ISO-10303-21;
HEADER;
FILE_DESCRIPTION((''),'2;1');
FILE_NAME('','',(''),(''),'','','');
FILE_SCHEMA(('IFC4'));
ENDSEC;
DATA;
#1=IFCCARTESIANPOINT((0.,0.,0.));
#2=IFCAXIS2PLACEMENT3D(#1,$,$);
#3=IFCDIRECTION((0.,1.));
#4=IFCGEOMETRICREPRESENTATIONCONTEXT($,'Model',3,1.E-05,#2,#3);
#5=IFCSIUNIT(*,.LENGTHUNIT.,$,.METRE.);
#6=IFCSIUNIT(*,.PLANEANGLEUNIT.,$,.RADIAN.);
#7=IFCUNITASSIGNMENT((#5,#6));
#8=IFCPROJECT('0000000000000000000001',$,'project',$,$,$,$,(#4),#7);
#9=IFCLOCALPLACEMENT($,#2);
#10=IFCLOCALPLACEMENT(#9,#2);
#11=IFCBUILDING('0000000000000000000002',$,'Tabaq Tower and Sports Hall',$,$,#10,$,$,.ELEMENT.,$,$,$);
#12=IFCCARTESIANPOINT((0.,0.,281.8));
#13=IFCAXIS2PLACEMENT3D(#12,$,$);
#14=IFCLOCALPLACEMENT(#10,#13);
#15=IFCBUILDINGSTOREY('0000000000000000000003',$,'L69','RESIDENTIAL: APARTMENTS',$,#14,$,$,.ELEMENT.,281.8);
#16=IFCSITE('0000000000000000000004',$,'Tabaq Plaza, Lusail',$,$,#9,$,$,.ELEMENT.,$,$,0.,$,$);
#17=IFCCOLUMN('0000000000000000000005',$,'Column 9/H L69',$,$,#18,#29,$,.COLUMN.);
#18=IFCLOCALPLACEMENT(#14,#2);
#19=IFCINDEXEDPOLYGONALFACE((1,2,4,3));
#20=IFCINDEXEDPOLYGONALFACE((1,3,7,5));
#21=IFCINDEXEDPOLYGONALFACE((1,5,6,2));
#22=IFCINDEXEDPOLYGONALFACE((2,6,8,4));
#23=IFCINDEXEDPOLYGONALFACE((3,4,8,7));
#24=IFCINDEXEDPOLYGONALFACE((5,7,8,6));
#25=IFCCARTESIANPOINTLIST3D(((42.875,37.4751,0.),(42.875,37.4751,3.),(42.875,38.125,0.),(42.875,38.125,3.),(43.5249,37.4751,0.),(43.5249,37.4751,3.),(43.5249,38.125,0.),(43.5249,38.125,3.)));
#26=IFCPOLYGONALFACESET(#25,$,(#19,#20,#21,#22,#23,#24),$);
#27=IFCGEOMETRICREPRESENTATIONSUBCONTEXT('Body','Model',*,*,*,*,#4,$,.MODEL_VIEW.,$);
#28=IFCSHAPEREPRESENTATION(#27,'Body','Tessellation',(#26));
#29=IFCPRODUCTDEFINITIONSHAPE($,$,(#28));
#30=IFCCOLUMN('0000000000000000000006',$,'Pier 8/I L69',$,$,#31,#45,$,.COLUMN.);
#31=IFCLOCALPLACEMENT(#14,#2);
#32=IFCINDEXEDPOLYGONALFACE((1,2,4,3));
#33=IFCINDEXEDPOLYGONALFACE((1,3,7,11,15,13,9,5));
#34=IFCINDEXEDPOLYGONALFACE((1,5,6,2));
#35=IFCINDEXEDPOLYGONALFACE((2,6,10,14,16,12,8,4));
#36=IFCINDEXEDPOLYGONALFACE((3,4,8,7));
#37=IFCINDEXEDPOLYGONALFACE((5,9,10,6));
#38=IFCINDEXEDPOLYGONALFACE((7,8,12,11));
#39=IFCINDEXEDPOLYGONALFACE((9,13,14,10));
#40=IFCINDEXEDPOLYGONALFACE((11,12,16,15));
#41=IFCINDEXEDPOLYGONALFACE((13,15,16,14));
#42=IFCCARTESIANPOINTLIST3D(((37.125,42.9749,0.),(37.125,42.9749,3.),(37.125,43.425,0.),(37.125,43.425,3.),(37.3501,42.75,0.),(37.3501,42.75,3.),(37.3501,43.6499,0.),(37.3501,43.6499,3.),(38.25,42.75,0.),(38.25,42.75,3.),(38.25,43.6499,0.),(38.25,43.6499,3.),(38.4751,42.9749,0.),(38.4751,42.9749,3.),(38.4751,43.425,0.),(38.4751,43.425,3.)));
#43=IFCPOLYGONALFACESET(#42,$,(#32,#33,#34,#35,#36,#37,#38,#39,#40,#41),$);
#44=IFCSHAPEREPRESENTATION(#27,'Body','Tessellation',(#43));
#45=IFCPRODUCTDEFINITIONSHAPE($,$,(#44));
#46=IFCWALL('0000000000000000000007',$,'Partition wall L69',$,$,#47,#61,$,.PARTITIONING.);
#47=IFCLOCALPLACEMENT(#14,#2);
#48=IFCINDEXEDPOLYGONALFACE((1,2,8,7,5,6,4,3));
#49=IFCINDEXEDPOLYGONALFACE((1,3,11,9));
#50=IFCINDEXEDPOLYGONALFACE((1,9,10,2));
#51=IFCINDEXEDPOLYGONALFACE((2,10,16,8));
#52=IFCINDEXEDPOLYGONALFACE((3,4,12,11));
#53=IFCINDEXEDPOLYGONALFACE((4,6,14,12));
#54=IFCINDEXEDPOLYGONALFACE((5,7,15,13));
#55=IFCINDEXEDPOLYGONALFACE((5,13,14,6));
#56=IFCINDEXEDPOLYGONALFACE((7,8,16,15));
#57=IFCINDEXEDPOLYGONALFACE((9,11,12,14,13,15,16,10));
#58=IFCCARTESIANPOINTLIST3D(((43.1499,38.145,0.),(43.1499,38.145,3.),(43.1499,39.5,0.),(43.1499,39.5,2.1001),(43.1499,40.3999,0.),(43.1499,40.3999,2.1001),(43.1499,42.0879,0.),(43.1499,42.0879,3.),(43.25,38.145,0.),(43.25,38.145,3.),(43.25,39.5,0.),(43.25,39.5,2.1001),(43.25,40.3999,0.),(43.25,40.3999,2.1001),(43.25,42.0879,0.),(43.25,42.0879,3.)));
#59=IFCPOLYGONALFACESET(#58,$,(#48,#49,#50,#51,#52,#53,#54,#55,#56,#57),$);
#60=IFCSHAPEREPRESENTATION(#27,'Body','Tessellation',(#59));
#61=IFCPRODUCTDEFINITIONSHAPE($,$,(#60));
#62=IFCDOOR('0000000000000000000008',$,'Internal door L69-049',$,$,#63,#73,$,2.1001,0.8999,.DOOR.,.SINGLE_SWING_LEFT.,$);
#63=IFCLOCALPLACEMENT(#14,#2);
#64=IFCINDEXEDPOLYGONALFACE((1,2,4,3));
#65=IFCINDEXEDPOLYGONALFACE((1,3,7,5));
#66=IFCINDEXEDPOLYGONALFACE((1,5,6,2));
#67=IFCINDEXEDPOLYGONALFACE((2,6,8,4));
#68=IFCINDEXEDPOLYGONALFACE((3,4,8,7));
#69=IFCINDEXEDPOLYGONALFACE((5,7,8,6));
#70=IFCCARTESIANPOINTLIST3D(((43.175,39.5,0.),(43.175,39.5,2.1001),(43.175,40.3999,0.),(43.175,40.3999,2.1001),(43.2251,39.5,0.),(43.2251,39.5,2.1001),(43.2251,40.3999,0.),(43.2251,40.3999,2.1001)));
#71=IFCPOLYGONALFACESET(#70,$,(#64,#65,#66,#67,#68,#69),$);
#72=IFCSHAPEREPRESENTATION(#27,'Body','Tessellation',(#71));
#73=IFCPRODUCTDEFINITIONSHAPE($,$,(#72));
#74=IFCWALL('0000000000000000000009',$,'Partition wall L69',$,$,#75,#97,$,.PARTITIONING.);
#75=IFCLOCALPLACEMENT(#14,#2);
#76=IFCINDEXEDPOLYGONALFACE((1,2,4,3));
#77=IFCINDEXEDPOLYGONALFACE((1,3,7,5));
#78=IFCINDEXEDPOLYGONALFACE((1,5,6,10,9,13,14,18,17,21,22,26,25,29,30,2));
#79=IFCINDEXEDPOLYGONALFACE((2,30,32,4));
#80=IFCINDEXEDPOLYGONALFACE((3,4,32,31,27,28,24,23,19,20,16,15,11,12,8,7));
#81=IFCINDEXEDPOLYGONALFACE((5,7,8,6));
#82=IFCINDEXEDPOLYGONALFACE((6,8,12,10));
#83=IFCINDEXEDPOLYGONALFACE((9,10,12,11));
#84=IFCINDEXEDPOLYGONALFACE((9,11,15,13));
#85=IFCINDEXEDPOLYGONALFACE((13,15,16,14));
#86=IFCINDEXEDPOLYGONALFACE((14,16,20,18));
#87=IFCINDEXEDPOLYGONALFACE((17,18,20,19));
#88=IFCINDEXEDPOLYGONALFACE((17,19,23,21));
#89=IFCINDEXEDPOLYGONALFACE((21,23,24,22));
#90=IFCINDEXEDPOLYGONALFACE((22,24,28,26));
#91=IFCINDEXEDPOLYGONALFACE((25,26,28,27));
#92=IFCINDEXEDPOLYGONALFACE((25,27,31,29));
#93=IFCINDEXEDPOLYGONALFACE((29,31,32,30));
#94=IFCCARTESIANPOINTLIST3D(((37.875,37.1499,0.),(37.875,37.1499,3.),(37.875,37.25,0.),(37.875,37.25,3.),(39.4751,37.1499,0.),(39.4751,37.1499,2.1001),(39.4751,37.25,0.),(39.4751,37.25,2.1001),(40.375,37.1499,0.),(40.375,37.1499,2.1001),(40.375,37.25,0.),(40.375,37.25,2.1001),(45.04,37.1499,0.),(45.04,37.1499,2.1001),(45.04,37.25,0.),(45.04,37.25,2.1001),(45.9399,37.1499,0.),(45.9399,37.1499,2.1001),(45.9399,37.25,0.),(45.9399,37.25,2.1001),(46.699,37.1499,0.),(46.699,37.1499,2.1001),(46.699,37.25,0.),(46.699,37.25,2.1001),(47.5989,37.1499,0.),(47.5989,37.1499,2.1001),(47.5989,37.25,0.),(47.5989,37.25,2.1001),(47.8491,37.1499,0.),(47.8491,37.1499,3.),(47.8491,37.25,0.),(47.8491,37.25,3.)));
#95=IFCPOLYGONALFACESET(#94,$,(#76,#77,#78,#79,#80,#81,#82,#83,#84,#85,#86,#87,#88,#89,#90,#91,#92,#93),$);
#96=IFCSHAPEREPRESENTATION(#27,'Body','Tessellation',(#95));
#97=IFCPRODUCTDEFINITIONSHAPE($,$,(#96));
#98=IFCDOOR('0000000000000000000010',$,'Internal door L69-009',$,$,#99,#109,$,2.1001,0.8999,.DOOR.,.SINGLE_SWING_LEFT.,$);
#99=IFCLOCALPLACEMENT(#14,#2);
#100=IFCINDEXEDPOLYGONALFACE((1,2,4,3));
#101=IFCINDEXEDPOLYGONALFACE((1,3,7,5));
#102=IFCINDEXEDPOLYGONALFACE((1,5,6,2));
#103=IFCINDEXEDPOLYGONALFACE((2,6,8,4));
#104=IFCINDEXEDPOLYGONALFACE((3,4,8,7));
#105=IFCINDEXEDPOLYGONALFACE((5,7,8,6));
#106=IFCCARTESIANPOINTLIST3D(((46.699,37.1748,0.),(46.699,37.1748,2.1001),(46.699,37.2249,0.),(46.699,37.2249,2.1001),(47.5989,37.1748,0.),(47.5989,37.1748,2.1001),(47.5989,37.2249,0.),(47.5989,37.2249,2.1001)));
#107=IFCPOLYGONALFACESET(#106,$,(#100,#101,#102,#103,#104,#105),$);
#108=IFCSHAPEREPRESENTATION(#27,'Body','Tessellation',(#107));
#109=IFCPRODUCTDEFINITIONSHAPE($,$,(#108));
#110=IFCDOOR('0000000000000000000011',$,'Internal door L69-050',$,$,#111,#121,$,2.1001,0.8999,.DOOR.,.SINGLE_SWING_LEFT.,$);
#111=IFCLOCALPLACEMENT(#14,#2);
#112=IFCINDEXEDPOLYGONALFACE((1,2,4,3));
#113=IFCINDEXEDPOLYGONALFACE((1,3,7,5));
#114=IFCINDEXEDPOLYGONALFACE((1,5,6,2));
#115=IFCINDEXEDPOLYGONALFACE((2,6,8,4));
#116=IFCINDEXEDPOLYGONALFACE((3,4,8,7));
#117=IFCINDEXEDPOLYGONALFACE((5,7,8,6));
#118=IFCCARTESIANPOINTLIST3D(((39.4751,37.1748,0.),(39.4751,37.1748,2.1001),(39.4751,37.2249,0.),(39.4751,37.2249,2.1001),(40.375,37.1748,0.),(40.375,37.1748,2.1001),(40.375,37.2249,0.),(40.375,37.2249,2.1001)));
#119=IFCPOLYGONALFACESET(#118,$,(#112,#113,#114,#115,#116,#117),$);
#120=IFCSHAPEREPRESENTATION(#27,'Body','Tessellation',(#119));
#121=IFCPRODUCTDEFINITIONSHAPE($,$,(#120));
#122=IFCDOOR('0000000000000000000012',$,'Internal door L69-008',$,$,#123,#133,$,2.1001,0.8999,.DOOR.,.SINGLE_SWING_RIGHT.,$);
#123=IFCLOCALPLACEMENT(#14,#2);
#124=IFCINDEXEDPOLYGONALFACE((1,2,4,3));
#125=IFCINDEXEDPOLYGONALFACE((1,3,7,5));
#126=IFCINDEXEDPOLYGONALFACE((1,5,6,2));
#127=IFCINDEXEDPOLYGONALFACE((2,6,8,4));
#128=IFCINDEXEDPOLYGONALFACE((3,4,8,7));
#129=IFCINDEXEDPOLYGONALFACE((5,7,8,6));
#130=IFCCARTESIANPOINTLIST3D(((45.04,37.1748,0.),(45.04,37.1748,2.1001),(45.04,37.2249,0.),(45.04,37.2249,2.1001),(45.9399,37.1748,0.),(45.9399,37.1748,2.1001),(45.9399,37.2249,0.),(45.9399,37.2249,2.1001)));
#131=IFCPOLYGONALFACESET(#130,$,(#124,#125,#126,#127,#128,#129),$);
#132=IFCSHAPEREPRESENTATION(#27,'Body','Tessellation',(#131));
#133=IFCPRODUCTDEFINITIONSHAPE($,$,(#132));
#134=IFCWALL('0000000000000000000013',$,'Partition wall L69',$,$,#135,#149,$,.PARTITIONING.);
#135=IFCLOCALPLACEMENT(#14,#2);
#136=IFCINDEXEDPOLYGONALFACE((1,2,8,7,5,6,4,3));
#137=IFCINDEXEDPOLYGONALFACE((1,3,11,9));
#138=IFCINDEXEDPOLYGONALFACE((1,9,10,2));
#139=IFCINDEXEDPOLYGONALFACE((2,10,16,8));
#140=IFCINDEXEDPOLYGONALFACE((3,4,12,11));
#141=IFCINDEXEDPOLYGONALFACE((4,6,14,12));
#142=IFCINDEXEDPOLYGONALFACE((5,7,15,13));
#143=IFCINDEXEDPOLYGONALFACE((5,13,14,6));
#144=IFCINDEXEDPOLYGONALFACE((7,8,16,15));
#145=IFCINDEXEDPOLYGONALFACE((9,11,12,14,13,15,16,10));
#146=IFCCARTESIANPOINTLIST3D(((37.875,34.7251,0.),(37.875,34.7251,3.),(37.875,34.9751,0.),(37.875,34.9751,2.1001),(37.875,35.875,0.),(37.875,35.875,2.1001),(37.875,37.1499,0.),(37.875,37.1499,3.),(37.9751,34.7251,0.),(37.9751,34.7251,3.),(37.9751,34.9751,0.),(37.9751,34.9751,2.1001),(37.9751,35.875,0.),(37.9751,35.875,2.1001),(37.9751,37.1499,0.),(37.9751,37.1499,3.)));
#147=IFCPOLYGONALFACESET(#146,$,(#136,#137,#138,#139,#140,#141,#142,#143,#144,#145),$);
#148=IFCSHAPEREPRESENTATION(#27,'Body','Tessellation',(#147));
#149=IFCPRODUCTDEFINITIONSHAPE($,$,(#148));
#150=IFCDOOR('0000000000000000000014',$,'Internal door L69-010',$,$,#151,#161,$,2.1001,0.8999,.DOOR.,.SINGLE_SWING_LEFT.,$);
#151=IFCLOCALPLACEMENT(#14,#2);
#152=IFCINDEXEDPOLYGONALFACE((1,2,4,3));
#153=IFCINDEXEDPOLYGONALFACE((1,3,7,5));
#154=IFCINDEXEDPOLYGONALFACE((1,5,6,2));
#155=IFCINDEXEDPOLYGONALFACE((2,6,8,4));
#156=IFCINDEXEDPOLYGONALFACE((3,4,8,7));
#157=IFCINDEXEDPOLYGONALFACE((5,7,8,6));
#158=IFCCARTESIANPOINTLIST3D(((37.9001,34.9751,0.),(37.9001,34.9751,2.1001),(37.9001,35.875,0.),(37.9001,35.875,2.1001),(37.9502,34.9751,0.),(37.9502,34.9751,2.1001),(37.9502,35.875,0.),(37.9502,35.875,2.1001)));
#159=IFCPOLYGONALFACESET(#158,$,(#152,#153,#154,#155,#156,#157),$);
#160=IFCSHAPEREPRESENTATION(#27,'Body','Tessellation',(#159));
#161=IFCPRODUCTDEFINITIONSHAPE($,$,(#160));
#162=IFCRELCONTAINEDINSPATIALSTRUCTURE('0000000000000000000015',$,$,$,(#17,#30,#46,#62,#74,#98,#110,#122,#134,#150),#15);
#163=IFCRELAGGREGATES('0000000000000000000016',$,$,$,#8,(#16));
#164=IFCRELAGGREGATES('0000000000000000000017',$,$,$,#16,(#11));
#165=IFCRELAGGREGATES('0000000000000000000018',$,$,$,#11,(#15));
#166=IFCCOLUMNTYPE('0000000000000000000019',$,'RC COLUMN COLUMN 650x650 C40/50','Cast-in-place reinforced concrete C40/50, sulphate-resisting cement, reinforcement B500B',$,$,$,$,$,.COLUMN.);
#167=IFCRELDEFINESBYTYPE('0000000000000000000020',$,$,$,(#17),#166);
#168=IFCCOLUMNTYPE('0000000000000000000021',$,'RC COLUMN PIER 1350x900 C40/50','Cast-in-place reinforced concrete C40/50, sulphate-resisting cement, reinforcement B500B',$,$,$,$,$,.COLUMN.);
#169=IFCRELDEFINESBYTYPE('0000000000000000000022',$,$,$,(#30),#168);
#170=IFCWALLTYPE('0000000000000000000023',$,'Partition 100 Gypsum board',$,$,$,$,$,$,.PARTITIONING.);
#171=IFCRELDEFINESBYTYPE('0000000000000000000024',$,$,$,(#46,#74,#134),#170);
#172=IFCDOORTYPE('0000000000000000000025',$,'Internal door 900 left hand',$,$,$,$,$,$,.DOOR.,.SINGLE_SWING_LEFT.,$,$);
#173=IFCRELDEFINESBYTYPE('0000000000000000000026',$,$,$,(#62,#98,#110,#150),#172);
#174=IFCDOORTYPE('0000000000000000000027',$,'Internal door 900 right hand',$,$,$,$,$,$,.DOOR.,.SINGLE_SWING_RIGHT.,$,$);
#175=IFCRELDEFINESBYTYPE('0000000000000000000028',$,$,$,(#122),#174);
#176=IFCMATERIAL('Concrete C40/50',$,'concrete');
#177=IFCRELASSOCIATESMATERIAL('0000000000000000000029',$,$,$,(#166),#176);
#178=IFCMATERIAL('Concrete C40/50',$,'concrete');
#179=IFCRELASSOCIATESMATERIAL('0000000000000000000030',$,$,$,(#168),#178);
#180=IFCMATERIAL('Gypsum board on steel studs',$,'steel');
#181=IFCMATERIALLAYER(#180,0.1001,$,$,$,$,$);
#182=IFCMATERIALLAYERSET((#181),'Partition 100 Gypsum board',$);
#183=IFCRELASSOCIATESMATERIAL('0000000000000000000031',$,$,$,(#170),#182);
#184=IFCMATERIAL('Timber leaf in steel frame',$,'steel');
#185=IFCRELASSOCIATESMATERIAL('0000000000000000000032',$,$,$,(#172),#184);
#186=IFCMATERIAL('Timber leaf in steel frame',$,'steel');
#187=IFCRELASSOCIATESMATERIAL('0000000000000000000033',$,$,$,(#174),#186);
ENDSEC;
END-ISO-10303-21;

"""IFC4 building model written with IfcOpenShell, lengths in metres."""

from ifc_helpers import new_model, si_unit, direction, frame, frame_2d, origin, origin_2d, place, context, subcontext, project, spatial, polyline, rectangle, outline, extrude, material, layer, layer_set, material_profile, profile_set, type_object, element, fill, save


model = new_model("IFC4")

# Units and contexts
model_context = context("Model", 3, precision=1e-05, world=origin(), true_north=direction((0.0, 1.0)))
body_context = subcontext(model_context, "Body", "Model", "MODEL_VIEW")
ifc_project = project(units=[si_unit("LENGTHUNIT", "METRE"), si_unit("PLANEANGLEUNIT", "RADIAN")], contexts=[model_context])

# Site, building, storey
site_placement = place(None, origin())
site = spatial("IfcSite", under=ifc_project, at=site_placement, Name="Tabaq Plaza, Lusail", CompositionType="ELEMENT", RefElevation=0.0)
building_placement = place(site_placement, origin())
building = spatial("IfcBuilding", under=site, at=building_placement, Name="Tabaq Tower and Sports Hall", CompositionType="ELEMENT")
storey_placement = place(building_placement, frame((0.0, 0.0, 281.8)))
storey = spatial("IfcBuildingStorey", under=building, at=storey_placement, Name="L69", Description="RESIDENTIAL: APARTMENTS", CompositionType="ELEMENT", Elevation=281.8)

# Columns
ifc_material_1 = material(Name="Concrete C40/50", Category="concrete")
ifc_material_profile_1 = material_profile(ifc_material_1, rectangle(XDim=0.6499, YDim=0.6499, at=origin_2d()), Name="COLUMN 650x650")
ifc_profile_set_1 = profile_set([ifc_material_profile_1], Name="Concrete C40/50")
column_type_1 = type_object("IfcColumnType", Name="RC COLUMN COLUMN 650x650 C40/50", Description="Cast-in-place reinforced concrete C40/50, sulphate-resisting cement, reinforcement B500B", PredefinedType="COLUMN", material=ifc_profile_set_1)
column_1_placement = place(storey_placement, frame((43.2, 37.8, 0.0), z_axis=(0.0, 0.0, 1.0), x_axis=(1.0, 0.0, 0.0)))
element("IfcColumn", 1, at=column_1_placement, inside=storey, type_object=column_type_1, Name="Column 9/H L69", PredefinedType="COLUMN", context=body_context, shape_type="SweptSolid", body=[
    extrude(rectangle(XDim=0.6499, YDim=0.6499, at=origin_2d()), origin(), (0.0, 0.0, 1.0), 3.0),
])
ifc_material_2 = material(Name="Concrete C40/50", Category="concrete")
ifc_material_profile_2 = material_profile(ifc_material_2, outline(polyline([(-0.45, -0.45), (0.45, -0.45), (0.675, -0.2251), (0.675, 0.2251), (0.45, 0.45), (-0.45, 0.45), (-0.675, 0.2251), (-0.675, -0.2251), (-0.45, -0.45)])), Name="PIER 1350x900")
ifc_profile_set_2 = profile_set([ifc_material_profile_2], Name="Concrete C40/50")
column_type_2 = type_object("IfcColumnType", Name="RC COLUMN PIER 1350x900 C40/50", Description="Cast-in-place reinforced concrete C40/50, sulphate-resisting cement, reinforcement B500B", PredefinedType="COLUMN", material=ifc_profile_set_2)
column_2_placement = place(storey_placement, frame((37.8, 43.2, 0.0), z_axis=(0.0, 0.0, 1.0), x_axis=(1.0, 0.0, 0.0)))
element("IfcColumn", 2, at=column_2_placement, inside=storey, type_object=column_type_2, Name="Pier 8/I L69", PredefinedType="COLUMN", context=body_context, shape_type="SweptSolid", body=[
    extrude(outline(polyline([(-0.45, -0.45), (0.45, -0.45), (0.675, -0.2251), (0.675, 0.2251), (0.45, 0.45), (-0.45, 0.45), (-0.675, 0.2251), (-0.675, -0.2251), (-0.45, -0.45)])), origin(), (0.0, 0.0, 1.0), 3.0),
])

# Wall, opening, door
ifc_material_3 = material(Name="Gypsum board on steel studs", Category="steel")
ifc_layer_1 = layer(ifc_material_3, 0.1001)
ifc_layer_set_1 = layer_set([ifc_layer_1], Name="Partition 100 Gypsum board")
wall_type_1 = type_object("IfcWallType", Name="Partition 100 Gypsum board", PredefinedType="PARTITIONING", material=ifc_layer_set_1)
wall_1_placement = place(storey_placement, frame((43.2, 38.145, 0.0), z_axis=(0.0, 0.0, 1.0), x_axis=(0.0, 1.0, 0.0)))
wall_1 = element("IfcWall", 3, at=wall_1_placement, inside=storey, type_object=wall_type_1, Name="Partition wall L69", PredefinedType="PARTITIONING", context=body_context, shape_type="SweptSolid", body=[
    extrude(rectangle(XDim=3.9429, YDim=0.1001, at=frame_2d((1.9714, 0.0))), origin(), (0.0, 0.0, 1.0), 3.0),
])
opening_1_placement = place(wall_1_placement, frame((1.355, 0.0, 0.0)))
opening_1 = element("IfcOpeningElement", 4, at=opening_1_placement, cuts=wall_1, PredefinedType="OPENING", context=body_context, shape_type="SweptSolid", body=[
    extrude(rectangle(XDim=0.8999, YDim=2.1001, at=frame_2d((0.45, 1.05))), frame((0.0, 0.05, 0.0), z_axis=(0.0, -1.0, 0.0), x_axis=(1.0, 0.0, 0.0)), (0.0, 0.0, 1.0), 0.1001),
])
ifc_material_4 = material(Name="Timber leaf in steel frame", Category="steel")
door_type_1 = type_object("IfcDoorType", Name="Internal door 900 left hand", OperationType="SINGLE_SWING_LEFT", PredefinedType="DOOR", material=ifc_material_4)
door_1_placement = place(opening_1_placement, origin())
door_1 = element("IfcDoor", 5, at=door_1_placement, inside=storey, type_object=door_type_1, Name="Internal door L69-049", OperationType="SINGLE_SWING_LEFT", OverallHeight=2.1001, OverallWidth=0.8999, PredefinedType="DOOR", context=body_context, shape_type="SweptSolid", body=[
    extrude(rectangle(XDim=0.8999, YDim=2.1001, at=frame_2d((0.45, 1.05))), frame((0.0, 0.0249, 0.0), z_axis=(0.0, -1.0, 0.0), x_axis=(1.0, 0.0, 0.0)), (0.0, 0.0, 1.0), 0.05),
])
fill(opening_1, door_1)

# Wall, openings, doors
wall_2_placement = place(storey_placement, frame((37.875, 37.2, 0.0), z_axis=(0.0, 0.0, 1.0), x_axis=(1.0, 0.0, 0.0)))
wall_2 = element("IfcWall", 6, at=wall_2_placement, inside=storey, type_object=wall_type_1, Name="Partition wall L69", PredefinedType="PARTITIONING", context=body_context, shape_type="SweptSolid", body=[
    extrude(rectangle(XDim=9.9741, YDim=0.1001, at=frame_2d((4.9871, 0.0))), origin(), (0.0, 0.0, 1.0), 3.0),
])
opening_2_placement = place(wall_2_placement, frame((7.165, 0.0, 0.0)))
opening_2 = element("IfcOpeningElement", 7, at=opening_2_placement, cuts=wall_2, PredefinedType="OPENING", context=body_context, shape_type="SweptSolid", body=[
    extrude(rectangle(XDim=0.8999, YDim=2.1001, at=frame_2d((0.45, 1.05))), frame((0.0, 0.05, 0.0), z_axis=(0.0, -1.0, 0.0), x_axis=(1.0, 0.0, 0.0)), (0.0, 0.0, 1.0), 0.1001),
])
opening_3_placement = place(wall_2_placement, frame((8.824, 0.0, 0.0)))
opening_3 = element("IfcOpeningElement", 8, at=opening_3_placement, cuts=wall_2, PredefinedType="OPENING", context=body_context, shape_type="SweptSolid", body=[
    extrude(rectangle(XDim=0.8999, YDim=2.1001, at=frame_2d((0.45, 1.05))), frame((0.0, 0.05, 0.0), z_axis=(0.0, -1.0, 0.0), x_axis=(1.0, 0.0, 0.0)), (0.0, 0.0, 1.0), 0.1001),
])
opening_4_placement = place(wall_2_placement, frame((1.6001, 0.0, 0.0)))
opening_4 = element("IfcOpeningElement", 9, at=opening_4_placement, cuts=wall_2, PredefinedType="OPENING", context=body_context, shape_type="SweptSolid", body=[
    extrude(rectangle(XDim=0.8999, YDim=2.1001, at=frame_2d((0.45, 1.05))), frame((0.0, 0.05, 0.0), z_axis=(0.0, -1.0, 0.0), x_axis=(1.0, 0.0, 0.0)), (0.0, 0.0, 1.0), 0.1001),
])
door_2_placement = place(opening_3_placement, origin())
door_2 = element("IfcDoor", 10, at=door_2_placement, inside=storey, type_object=door_type_1, Name="Internal door L69-009", OperationType="SINGLE_SWING_LEFT", OverallHeight=2.1001, OverallWidth=0.8999, PredefinedType="DOOR", context=body_context, shape_type="SweptSolid", body=[
    extrude(rectangle(XDim=0.8999, YDim=2.1001, at=frame_2d((0.45, 1.05))), frame((0.0, 0.0249, 0.0), z_axis=(0.0, -1.0, 0.0), x_axis=(1.0, 0.0, 0.0)), (0.0, 0.0, 1.0), 0.05),
])
fill(opening_3, door_2)
door_3_placement = place(opening_4_placement, origin())
door_3 = element("IfcDoor", 11, at=door_3_placement, inside=storey, type_object=door_type_1, Name="Internal door L69-050", OperationType="SINGLE_SWING_LEFT", OverallHeight=2.1001, OverallWidth=0.8999, PredefinedType="DOOR", context=body_context, shape_type="SweptSolid", body=[
    extrude(rectangle(XDim=0.8999, YDim=2.1001, at=frame_2d((0.45, 1.05))), frame((0.0, 0.0249, 0.0), z_axis=(0.0, -1.0, 0.0), x_axis=(1.0, 0.0, 0.0)), (0.0, 0.0, 1.0), 0.05),
])
fill(opening_4, door_3)
ifc_material_5 = material(Name="Timber leaf in steel frame", Category="steel")
door_type_2 = type_object("IfcDoorType", Name="Internal door 900 right hand", OperationType="SINGLE_SWING_RIGHT", PredefinedType="DOOR", material=ifc_material_5)
door_4_placement = place(opening_2_placement, origin())
door_4 = element("IfcDoor", 12, at=door_4_placement, inside=storey, type_object=door_type_2, Name="Internal door L69-008", OperationType="SINGLE_SWING_RIGHT", OverallHeight=2.1001, OverallWidth=0.8999, PredefinedType="DOOR", context=body_context, shape_type="SweptSolid", body=[
    extrude(rectangle(XDim=0.8999, YDim=2.1001, at=frame_2d((0.45, 1.05))), frame((0.0, 0.0249, 0.0), z_axis=(0.0, -1.0, 0.0), x_axis=(1.0, 0.0, 0.0)), (0.0, 0.0, 1.0), 0.05),
])
fill(opening_2, door_4)

# Wall, opening, door
wall_3_placement = place(storey_placement, frame((37.925, 34.7251, 0.0), z_axis=(0.0, 0.0, 1.0), x_axis=(0.0, 1.0, 0.0)))
wall_3 = element("IfcWall", 13, at=wall_3_placement, inside=storey, type_object=wall_type_1, Name="Partition wall L69", PredefinedType="PARTITIONING", context=body_context, shape_type="SweptSolid", body=[
    extrude(rectangle(XDim=2.4248, YDim=0.1001, at=frame_2d((1.2124, 0.0))), origin(), (0.0, 0.0, 1.0), 3.0),
])
opening_5_placement = place(wall_3_placement, frame((0.25, 0.0, 0.0)))
opening_5 = element("IfcOpeningElement", 14, at=opening_5_placement, cuts=wall_3, PredefinedType="OPENING", context=body_context, shape_type="SweptSolid", body=[
    extrude(rectangle(XDim=0.8999, YDim=2.1001, at=frame_2d((0.45, 1.05))), frame((0.0, 0.05, 0.0), z_axis=(0.0, -1.0, 0.0), x_axis=(1.0, 0.0, 0.0)), (0.0, 0.0, 1.0), 0.1001),
])
door_5_placement = place(opening_5_placement, origin())
door_5 = element("IfcDoor", 15, at=door_5_placement, inside=storey, type_object=door_type_1, Name="Internal door L69-010", OperationType="SINGLE_SWING_LEFT", OverallHeight=2.1001, OverallWidth=0.8999, PredefinedType="DOOR", context=body_context, shape_type="SweptSolid", body=[
    extrude(rectangle(XDim=0.8999, YDim=2.1001, at=frame_2d((0.45, 1.05))), frame((0.0, 0.0249, 0.0), z_axis=(0.0, -1.0, 0.0), x_axis=(1.0, 0.0, 0.0)), (0.0, 0.0, 1.0), 0.05),
])
fill(opening_5, door_5)

save(model, "model.ifc")
